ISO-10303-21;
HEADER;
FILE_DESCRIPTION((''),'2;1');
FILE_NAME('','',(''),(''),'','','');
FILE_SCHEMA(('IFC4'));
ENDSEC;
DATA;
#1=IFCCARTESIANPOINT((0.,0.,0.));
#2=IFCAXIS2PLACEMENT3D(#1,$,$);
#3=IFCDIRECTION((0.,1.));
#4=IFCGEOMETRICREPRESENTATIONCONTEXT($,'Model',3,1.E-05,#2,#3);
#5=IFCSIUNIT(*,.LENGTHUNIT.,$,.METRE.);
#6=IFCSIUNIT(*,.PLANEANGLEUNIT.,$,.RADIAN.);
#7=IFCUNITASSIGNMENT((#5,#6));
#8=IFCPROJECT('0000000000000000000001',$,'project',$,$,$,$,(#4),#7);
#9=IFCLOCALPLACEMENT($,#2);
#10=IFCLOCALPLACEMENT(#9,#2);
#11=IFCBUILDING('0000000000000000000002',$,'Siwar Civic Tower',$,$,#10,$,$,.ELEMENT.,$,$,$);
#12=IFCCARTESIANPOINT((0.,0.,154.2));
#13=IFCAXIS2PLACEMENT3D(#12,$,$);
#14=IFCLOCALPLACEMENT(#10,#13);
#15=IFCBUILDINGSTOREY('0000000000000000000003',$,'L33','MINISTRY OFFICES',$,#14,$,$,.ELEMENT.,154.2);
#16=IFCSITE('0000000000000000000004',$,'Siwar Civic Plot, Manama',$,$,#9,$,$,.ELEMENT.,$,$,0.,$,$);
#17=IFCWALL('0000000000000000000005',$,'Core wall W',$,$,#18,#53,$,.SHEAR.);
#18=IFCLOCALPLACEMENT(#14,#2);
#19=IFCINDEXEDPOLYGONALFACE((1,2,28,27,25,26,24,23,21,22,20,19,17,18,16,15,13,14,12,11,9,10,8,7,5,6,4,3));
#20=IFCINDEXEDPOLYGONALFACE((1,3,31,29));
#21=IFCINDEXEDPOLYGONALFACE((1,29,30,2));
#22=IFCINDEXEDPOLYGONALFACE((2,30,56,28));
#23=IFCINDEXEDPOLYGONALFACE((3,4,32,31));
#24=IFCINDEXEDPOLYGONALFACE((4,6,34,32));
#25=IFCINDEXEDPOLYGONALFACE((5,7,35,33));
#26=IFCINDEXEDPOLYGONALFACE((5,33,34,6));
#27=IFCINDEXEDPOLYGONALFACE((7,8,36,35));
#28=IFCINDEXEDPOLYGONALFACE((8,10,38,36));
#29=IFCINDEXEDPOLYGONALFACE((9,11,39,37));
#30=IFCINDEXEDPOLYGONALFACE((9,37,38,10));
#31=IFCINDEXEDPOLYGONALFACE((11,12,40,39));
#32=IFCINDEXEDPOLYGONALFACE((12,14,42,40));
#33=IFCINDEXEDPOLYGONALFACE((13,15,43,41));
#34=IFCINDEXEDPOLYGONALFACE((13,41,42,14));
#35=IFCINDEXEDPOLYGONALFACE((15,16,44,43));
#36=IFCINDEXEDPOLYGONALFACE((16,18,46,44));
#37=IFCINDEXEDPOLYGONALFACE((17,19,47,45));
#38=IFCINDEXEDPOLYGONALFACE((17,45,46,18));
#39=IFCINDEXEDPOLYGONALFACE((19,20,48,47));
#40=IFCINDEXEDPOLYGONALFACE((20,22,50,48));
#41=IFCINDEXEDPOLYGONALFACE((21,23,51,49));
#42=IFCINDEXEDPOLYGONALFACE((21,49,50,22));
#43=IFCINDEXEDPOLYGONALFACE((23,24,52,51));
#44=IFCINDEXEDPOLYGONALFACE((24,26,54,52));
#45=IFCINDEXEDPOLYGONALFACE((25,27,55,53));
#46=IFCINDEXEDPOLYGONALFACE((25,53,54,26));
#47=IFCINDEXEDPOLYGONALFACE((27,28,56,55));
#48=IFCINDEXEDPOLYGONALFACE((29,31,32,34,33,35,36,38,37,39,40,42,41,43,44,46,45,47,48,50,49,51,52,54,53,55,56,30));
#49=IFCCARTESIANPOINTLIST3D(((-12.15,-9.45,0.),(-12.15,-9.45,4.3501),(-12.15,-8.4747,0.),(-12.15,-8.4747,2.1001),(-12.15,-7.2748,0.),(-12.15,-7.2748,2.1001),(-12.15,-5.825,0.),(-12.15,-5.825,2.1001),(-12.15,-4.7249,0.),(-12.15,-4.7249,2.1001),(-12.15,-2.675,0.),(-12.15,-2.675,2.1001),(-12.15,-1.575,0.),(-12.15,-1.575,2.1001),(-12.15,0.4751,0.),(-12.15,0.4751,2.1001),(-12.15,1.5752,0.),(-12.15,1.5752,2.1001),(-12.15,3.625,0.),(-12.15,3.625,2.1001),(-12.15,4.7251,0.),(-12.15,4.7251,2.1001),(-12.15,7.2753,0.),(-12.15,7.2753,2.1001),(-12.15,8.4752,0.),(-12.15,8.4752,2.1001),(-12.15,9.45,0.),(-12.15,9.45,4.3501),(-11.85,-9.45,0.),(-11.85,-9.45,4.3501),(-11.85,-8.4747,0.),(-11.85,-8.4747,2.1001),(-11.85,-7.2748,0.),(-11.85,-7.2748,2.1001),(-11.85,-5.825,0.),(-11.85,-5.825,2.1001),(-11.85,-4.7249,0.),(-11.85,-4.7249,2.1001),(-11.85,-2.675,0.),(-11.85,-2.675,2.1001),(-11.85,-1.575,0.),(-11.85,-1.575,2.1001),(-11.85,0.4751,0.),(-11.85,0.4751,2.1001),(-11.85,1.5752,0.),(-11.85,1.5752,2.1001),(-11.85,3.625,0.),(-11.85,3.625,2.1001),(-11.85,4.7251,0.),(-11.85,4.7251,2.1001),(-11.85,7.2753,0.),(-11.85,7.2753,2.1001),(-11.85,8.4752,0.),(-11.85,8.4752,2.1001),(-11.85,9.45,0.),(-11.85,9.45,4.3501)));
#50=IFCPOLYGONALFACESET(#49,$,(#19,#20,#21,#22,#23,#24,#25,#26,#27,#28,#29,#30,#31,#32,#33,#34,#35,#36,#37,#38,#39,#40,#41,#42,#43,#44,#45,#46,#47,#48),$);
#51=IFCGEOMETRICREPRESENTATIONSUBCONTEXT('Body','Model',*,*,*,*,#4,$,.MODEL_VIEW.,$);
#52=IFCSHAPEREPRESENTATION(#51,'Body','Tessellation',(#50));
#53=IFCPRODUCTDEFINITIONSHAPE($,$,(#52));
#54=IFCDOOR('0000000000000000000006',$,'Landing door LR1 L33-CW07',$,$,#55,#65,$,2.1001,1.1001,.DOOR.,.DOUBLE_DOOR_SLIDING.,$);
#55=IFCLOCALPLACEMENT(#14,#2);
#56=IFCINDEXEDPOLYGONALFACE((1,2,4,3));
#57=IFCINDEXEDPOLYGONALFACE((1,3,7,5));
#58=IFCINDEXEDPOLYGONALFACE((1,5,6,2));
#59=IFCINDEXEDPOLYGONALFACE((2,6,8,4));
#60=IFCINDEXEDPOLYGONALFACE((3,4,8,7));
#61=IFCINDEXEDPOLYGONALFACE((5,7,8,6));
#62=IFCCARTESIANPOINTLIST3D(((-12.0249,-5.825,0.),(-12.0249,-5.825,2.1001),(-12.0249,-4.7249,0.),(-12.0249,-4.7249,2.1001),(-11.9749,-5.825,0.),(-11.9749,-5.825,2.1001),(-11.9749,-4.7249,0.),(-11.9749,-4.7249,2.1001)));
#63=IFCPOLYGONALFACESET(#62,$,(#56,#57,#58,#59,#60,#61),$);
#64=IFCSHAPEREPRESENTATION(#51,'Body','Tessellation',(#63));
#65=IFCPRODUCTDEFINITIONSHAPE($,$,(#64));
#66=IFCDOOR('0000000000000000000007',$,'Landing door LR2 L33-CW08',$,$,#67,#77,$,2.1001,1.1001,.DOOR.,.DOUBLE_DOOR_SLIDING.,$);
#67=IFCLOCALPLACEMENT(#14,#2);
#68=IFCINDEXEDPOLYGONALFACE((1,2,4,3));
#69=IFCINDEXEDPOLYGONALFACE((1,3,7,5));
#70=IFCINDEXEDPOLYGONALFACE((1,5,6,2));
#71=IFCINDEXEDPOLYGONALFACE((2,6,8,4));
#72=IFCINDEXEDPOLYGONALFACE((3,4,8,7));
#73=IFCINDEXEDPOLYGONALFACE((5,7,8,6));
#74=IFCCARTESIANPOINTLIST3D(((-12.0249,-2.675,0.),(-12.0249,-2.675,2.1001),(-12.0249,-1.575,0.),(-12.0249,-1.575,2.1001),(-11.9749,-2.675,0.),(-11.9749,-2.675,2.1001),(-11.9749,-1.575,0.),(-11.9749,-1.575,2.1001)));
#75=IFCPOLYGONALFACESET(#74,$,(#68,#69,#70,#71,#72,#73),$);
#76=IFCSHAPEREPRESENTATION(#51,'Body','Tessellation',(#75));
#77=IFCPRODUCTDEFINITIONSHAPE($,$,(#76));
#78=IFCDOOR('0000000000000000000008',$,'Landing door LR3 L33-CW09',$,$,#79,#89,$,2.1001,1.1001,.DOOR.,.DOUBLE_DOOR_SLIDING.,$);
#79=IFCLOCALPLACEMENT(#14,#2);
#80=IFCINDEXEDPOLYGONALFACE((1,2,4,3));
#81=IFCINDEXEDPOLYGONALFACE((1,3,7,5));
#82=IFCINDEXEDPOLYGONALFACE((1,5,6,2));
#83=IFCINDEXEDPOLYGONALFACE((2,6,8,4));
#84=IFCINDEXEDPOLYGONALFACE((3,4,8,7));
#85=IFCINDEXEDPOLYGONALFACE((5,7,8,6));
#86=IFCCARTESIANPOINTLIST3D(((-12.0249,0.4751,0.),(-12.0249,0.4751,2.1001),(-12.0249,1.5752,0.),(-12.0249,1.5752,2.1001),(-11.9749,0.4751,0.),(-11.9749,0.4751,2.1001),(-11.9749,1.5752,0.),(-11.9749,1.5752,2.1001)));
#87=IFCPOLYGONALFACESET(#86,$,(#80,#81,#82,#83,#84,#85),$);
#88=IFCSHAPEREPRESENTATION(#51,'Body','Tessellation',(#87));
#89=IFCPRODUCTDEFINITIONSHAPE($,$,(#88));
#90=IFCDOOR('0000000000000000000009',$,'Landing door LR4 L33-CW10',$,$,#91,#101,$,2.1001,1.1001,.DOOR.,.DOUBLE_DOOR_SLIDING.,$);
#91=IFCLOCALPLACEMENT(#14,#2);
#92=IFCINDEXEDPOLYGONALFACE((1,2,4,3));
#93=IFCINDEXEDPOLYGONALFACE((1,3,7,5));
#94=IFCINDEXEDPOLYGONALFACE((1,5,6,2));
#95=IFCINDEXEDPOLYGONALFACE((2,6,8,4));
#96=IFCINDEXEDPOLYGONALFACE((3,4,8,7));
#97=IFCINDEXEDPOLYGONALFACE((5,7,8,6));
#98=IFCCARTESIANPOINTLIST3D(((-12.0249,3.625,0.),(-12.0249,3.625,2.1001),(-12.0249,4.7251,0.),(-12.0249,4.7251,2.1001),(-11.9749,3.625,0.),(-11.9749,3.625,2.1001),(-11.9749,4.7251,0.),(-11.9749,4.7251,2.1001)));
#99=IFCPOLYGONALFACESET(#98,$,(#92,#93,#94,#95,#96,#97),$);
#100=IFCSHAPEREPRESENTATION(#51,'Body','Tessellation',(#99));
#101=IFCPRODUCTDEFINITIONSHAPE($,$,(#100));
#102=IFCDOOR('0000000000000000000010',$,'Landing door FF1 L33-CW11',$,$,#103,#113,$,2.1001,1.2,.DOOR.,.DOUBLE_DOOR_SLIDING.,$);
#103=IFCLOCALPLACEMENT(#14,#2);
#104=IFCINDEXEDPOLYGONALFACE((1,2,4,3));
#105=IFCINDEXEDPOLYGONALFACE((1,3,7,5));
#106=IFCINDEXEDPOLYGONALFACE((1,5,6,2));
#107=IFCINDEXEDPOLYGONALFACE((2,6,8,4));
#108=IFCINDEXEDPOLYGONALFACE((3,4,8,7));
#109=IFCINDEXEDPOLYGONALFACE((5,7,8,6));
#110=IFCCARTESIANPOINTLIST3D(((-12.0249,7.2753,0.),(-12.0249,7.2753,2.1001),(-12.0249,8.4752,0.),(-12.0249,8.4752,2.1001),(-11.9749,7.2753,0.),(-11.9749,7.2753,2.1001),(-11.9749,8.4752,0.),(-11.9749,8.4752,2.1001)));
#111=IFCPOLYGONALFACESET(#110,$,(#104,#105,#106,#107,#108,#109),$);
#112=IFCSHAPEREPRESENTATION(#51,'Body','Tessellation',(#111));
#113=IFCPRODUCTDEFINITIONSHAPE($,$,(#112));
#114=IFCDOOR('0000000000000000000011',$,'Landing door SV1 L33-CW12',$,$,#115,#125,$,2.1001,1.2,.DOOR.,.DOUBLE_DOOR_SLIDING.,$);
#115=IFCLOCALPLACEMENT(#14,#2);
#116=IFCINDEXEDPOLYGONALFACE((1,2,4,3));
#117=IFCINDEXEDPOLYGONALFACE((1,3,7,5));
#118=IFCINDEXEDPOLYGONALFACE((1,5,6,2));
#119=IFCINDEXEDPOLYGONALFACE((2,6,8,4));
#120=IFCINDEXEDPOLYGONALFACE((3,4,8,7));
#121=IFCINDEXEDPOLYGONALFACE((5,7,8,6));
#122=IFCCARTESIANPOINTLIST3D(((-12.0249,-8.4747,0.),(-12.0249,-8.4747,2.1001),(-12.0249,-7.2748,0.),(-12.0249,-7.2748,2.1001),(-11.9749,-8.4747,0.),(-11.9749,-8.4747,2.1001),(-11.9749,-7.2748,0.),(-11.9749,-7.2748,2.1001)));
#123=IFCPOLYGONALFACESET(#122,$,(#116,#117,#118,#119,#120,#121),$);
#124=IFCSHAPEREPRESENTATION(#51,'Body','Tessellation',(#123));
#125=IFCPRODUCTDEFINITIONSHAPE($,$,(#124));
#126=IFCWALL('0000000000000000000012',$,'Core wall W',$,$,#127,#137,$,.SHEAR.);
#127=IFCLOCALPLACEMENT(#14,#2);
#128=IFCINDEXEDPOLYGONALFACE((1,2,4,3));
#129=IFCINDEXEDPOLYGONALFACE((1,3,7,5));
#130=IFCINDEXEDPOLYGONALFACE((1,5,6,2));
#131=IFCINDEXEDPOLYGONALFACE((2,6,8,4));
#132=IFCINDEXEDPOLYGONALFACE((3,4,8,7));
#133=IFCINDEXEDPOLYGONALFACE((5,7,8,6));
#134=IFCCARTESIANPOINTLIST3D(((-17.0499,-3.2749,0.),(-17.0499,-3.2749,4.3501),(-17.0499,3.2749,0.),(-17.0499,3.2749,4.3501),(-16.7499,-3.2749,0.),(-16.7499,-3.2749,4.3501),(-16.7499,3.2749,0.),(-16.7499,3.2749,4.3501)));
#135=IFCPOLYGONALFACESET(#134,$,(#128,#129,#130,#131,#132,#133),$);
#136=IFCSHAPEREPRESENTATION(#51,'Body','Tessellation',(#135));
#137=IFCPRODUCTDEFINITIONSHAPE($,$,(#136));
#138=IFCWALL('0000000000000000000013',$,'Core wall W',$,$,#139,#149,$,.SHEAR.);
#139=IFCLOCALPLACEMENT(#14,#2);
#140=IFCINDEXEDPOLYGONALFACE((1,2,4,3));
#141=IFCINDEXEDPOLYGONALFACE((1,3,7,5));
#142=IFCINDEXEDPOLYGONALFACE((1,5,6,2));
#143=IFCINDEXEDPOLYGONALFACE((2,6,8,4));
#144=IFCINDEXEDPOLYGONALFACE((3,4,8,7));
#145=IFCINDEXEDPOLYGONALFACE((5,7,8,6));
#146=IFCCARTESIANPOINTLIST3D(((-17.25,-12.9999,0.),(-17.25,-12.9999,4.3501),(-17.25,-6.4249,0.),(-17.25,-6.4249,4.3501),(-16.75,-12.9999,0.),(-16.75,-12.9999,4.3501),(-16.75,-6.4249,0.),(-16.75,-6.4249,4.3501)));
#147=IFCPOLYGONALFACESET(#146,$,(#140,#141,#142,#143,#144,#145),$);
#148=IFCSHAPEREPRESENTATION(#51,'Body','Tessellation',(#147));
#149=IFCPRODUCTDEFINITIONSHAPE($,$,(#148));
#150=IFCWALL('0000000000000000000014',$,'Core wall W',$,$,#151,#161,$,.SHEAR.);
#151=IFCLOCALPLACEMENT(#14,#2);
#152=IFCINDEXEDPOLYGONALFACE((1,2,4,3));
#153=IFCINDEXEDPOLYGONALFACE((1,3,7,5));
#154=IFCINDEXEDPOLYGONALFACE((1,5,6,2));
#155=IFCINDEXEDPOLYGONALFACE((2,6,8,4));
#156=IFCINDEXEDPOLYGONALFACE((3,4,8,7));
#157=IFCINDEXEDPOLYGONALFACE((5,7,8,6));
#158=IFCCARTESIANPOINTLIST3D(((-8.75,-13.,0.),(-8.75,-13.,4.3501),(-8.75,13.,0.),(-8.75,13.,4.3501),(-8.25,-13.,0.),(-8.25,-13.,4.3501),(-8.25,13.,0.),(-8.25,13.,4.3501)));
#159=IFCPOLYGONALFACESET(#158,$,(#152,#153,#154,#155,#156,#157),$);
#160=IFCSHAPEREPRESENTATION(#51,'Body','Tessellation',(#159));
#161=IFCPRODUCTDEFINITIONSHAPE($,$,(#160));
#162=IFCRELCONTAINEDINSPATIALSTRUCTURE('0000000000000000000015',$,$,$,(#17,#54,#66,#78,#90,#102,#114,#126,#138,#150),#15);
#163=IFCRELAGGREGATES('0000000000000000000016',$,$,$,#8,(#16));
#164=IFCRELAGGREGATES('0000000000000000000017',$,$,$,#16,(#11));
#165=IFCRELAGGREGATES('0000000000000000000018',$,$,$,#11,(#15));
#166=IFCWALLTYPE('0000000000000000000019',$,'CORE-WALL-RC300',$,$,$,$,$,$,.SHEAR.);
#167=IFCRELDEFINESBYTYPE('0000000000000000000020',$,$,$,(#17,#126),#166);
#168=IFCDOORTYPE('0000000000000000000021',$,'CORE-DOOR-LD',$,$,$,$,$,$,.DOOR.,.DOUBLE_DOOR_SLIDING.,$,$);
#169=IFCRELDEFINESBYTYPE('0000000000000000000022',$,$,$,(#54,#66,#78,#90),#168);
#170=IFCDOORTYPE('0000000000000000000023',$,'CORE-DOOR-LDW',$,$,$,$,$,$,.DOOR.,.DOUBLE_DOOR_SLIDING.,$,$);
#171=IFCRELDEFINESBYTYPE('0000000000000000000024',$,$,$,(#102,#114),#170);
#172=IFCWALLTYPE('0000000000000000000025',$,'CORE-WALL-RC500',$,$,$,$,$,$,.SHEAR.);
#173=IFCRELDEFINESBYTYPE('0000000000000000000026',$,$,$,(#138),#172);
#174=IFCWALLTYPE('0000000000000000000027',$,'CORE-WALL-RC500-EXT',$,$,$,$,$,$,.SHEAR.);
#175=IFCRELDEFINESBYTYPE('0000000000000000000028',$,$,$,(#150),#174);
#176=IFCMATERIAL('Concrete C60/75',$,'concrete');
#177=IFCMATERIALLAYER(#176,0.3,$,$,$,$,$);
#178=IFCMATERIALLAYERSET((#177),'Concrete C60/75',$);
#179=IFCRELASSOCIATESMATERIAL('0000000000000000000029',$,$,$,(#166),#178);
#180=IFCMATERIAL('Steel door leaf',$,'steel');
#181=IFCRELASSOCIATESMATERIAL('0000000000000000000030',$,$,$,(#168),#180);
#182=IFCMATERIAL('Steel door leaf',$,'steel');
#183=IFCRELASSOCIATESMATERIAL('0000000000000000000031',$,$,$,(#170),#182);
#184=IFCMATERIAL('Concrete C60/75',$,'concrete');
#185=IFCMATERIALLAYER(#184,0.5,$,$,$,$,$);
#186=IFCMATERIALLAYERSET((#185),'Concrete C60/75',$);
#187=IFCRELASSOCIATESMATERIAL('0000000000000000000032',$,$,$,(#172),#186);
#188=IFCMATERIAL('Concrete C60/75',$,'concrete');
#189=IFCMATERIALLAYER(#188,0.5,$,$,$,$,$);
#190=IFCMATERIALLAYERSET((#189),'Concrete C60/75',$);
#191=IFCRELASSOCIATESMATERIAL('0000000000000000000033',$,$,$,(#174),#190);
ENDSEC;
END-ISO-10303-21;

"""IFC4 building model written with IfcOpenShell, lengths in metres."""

from ifc_helpers import new_model, si_unit, direction, frame, frame_2d, origin, place, context, subcontext, project, spatial, rectangle, extrude, material, layer, layer_set, type_object, element, fill, save


model = new_model("IFC4")

# Units and contexts
model_context = context("Model", 3, precision=1e-05, world=origin(), true_north=direction((0.0, 1.0)))
body_context = subcontext(model_context, "Body", "Model", "MODEL_VIEW")
ifc_project = project(units=[si_unit("LENGTHUNIT", "METRE"), si_unit("PLANEANGLEUNIT", "RADIAN")], contexts=[model_context])

# Site, building, storey
site_placement = place(None, origin())
site = spatial("IfcSite", under=ifc_project, at=site_placement, Name="Siwar Civic Plot, Manama", CompositionType="ELEMENT", RefElevation=0.0)
building_placement = place(site_placement, origin())
building = spatial("IfcBuilding", under=site, at=building_placement, Name="Siwar Civic Tower", CompositionType="ELEMENT")
storey_placement = place(building_placement, frame((0.0, 0.0, 154.2)))
storey = spatial("IfcBuildingStorey", under=building, at=storey_placement, Name="L33", Description="MINISTRY OFFICES", CompositionType="ELEMENT", Elevation=154.2)

# Wall, openings, doors
ifc_material_1 = material(Name="Concrete C60/75", Category="concrete")
ifc_layer_1 = layer(ifc_material_1, 0.3)
ifc_layer_set_1 = layer_set([ifc_layer_1], Name="Concrete C60/75")
wall_type_1 = type_object("IfcWallType", Name="CORE-WALL-RC300", PredefinedType="SHEAR", material=ifc_layer_set_1)
wall_1_placement = place(storey_placement, frame((-12.0, -9.45, 0.0), z_axis=(0.0, 0.0, 1.0), x_axis=(0.0, 1.0, 0.0)))
wall_1 = element("IfcWall", 1, at=wall_1_placement, inside=storey, type_object=wall_type_1, Name="Core wall W", PredefinedType="SHEAR", context=body_context, shape_type="SweptSolid", body=[
    extrude(rectangle(XDim=18.8999, YDim=0.3, at=frame_2d((9.45, 0.0))), origin(), (0.0, 0.0, 1.0), 4.3501),
])
opening_1_placement = place(wall_1_placement, frame((3.625, 0.0, 0.0)))
opening_1 = element("IfcOpeningElement", 2, at=opening_1_placement, cuts=wall_1, PredefinedType="OPENING", context=body_context, shape_type="SweptSolid", body=[
    extrude(rectangle(XDim=1.1001, YDim=2.1001, at=frame_2d((0.55, 1.05))), frame((0.0, 0.1602, 0.0), z_axis=(0.0, -1.0, 0.0), x_axis=(1.0, 0.0, 0.0)), (0.0, 0.0, 1.0), 0.3201),
])
opening_2_placement = place(wall_1_placement, frame((6.7749, 0.0, 0.0)))
opening_2 = element("IfcOpeningElement", 3, at=opening_2_placement, cuts=wall_1, PredefinedType="OPENING", context=body_context, shape_type="SweptSolid", body=[
    extrude(rectangle(XDim=1.1001, YDim=2.1001, at=frame_2d((0.55, 1.05))), frame((0.0, 0.1602, 0.0), z_axis=(0.0, -1.0, 0.0), x_axis=(1.0, 0.0, 0.0)), (0.0, 0.0, 1.0), 0.3201),
])
opening_3_placement = place(wall_1_placement, frame((9.925, 0.0, 0.0)))
opening_3 = element("IfcOpeningElement", 4, at=opening_3_placement, cuts=wall_1, PredefinedType="OPENING", context=body_context, shape_type="SweptSolid", body=[
    extrude(rectangle(XDim=1.1001, YDim=2.1001, at=frame_2d((0.55, 1.05))), frame((0.0, 0.1602, 0.0), z_axis=(0.0, -1.0, 0.0), x_axis=(1.0, 0.0, 0.0)), (0.0, 0.0, 1.0), 0.3201),
])
opening_4_placement = place(wall_1_placement, frame((13.075, 0.0, 0.0)))
opening_4 = element("IfcOpeningElement", 5, at=opening_4_placement, cuts=wall_1, PredefinedType="OPENING", context=body_context, shape_type="SweptSolid", body=[
    extrude(rectangle(XDim=1.1001, YDim=2.1001, at=frame_2d((0.55, 1.05))), frame((0.0, 0.1602, 0.0), z_axis=(0.0, -1.0, 0.0), x_axis=(1.0, 0.0, 0.0)), (0.0, 0.0, 1.0), 0.3201),
])
opening_5_placement = place(wall_1_placement, frame((16.7251, 0.0, 0.0)))
opening_5 = element("IfcOpeningElement", 6, at=opening_5_placement, cuts=wall_1, PredefinedType="OPENING", context=body_context, shape_type="SweptSolid", body=[
    extrude(rectangle(XDim=1.2, YDim=2.1001, at=frame_2d((0.6001, 1.05))), frame((0.0, 0.1602, 0.0), z_axis=(0.0, -1.0, 0.0), x_axis=(1.0, 0.0, 0.0)), (0.0, 0.0, 1.0), 0.3201),
])
opening_6_placement = place(wall_1_placement, frame((0.9751, 0.0, 0.0)))
opening_6 = element("IfcOpeningElement", 7, at=opening_6_placement, cuts=wall_1, PredefinedType="OPENING", context=body_context, shape_type="SweptSolid", body=[
    extrude(rectangle(XDim=1.2, YDim=2.1001, at=frame_2d((0.6001, 1.05))), frame((0.0, 0.1602, 0.0), z_axis=(0.0, -1.0, 0.0), x_axis=(1.0, 0.0, 0.0)), (0.0, 0.0, 1.0), 0.3201),
])
ifc_material_2 = material(Name="Steel door leaf", Category="steel")
door_type_1 = type_object("IfcDoorType", Name="CORE-DOOR-LD", OperationType="DOUBLE_DOOR_SLIDING", PredefinedType="DOOR", material=ifc_material_2)
door_1_placement = place(opening_1_placement, origin())
door_1 = element("IfcDoor", 8, at=door_1_placement, inside=storey, type_object=door_type_1, Name="Landing door LR1 L33-CW07", OperationType="DOUBLE_DOOR_SLIDING", OverallHeight=2.1001, OverallWidth=1.1001, PredefinedType="DOOR", context=body_context, shape_type="SweptSolid", body=[
    extrude(rectangle(XDim=1.1001, YDim=2.1001, at=frame_2d((0.55, 1.05))), frame((0.0, 0.0249, 0.0), z_axis=(0.0, -1.0, 0.0), x_axis=(1.0, 0.0, 0.0)), (0.0, 0.0, 1.0), 0.05),
])
fill(opening_1, door_1)
door_2_placement = place(opening_2_placement, origin())
door_2 = element("IfcDoor", 9, at=door_2_placement, inside=storey, type_object=door_type_1, Name="Landing door LR2 L33-CW08", OperationType="DOUBLE_DOOR_SLIDING", OverallHeight=2.1001, OverallWidth=1.1001, PredefinedType="DOOR", context=body_context, shape_type="SweptSolid", body=[
    extrude(rectangle(XDim=1.1001, YDim=2.1001, at=frame_2d((0.55, 1.05))), frame((0.0, 0.0249, 0.0), z_axis=(0.0, -1.0, 0.0), x_axis=(1.0, 0.0, 0.0)), (0.0, 0.0, 1.0), 0.05),
])
fill(opening_2, door_2)
door_3_placement = place(opening_3_placement, origin())
door_3 = element("IfcDoor", 10, at=door_3_placement, inside=storey, type_object=door_type_1, Name="Landing door LR3 L33-CW09", OperationType="DOUBLE_DOOR_SLIDING", OverallHeight=2.1001, OverallWidth=1.1001, PredefinedType="DOOR", context=body_context, shape_type="SweptSolid", body=[
    extrude(rectangle(XDim=1.1001, YDim=2.1001, at=frame_2d((0.55, 1.05))), frame((0.0, 0.0249, 0.0), z_axis=(0.0, -1.0, 0.0), x_axis=(1.0, 0.0, 0.0)), (0.0, 0.0, 1.0), 0.05),
])
fill(opening_3, door_3)
door_4_placement = place(opening_4_placement, origin())
door_4 = element("IfcDoor", 11, at=door_4_placement, inside=storey, type_object=door_type_1, Name="Landing door LR4 L33-CW10", OperationType="DOUBLE_DOOR_SLIDING", OverallHeight=2.1001, OverallWidth=1.1001, PredefinedType="DOOR", context=body_context, shape_type="SweptSolid", body=[
    extrude(rectangle(XDim=1.1001, YDim=2.1001, at=frame_2d((0.55, 1.05))), frame((0.0, 0.0249, 0.0), z_axis=(0.0, -1.0, 0.0), x_axis=(1.0, 0.0, 0.0)), (0.0, 0.0, 1.0), 0.05),
])
fill(opening_4, door_4)
ifc_material_3 = material(Name="Steel door leaf", Category="steel")
door_type_2 = type_object("IfcDoorType", Name="CORE-DOOR-LDW", OperationType="DOUBLE_DOOR_SLIDING", PredefinedType="DOOR", material=ifc_material_3)
door_5_placement = place(opening_5_placement, origin())
door_5 = element("IfcDoor", 12, at=door_5_placement, inside=storey, type_object=door_type_2, Name="Landing door FF1 L33-CW11", OperationType="DOUBLE_DOOR_SLIDING", OverallHeight=2.1001, OverallWidth=1.2, PredefinedType="DOOR", context=body_context, shape_type="SweptSolid", body=[
    extrude(rectangle(XDim=1.2, YDim=2.1001, at=frame_2d((0.6001, 1.05))), frame((0.0, 0.0249, 0.0), z_axis=(0.0, -1.0, 0.0), x_axis=(1.0, 0.0, 0.0)), (0.0, 0.0, 1.0), 0.05),
])
fill(opening_5, door_5)
door_6_placement = place(opening_6_placement, origin())
door_6 = element("IfcDoor", 13, at=door_6_placement, inside=storey, type_object=door_type_2, Name="Landing door SV1 L33-CW12", OperationType="DOUBLE_DOOR_SLIDING", OverallHeight=2.1001, OverallWidth=1.2, PredefinedType="DOOR", context=body_context, shape_type="SweptSolid", body=[
    extrude(rectangle(XDim=1.2, YDim=2.1001, at=frame_2d((0.6001, 1.05))), frame((0.0, 0.0249, 0.0), z_axis=(0.0, -1.0, 0.0), x_axis=(1.0, 0.0, 0.0)), (0.0, 0.0, 1.0), 0.05),
])
fill(opening_6, door_6)

# Walls
wall_2_placement = place(storey_placement, frame((-16.8999, -3.2749, 0.0), z_axis=(0.0, 0.0, 1.0), x_axis=(0.0, 1.0, 0.0)))
element("IfcWall", 14, at=wall_2_placement, inside=storey, type_object=wall_type_1, Name="Core wall W", PredefinedType="SHEAR", context=body_context, shape_type="SweptSolid", body=[
    extrude(rectangle(XDim=6.5498, YDim=0.3, at=frame_2d((3.2749, 0.0))), origin(), (0.0, 0.0, 1.0), 4.3501),
])
ifc_material_4 = material(Name="Concrete C60/75", Category="concrete")
ifc_layer_2 = layer(ifc_material_4, 0.5)
ifc_layer_set_2 = layer_set([ifc_layer_2], Name="Concrete C60/75")
wall_type_2 = type_object("IfcWallType", Name="CORE-WALL-RC500", PredefinedType="SHEAR", material=ifc_layer_set_2)
wall_3_placement = place(storey_placement, frame((-17.0, -13.0, 0.0), z_axis=(0.0, 0.0, 1.0), x_axis=(0.0, 1.0, 0.0)))
element("IfcWall", 15, at=wall_3_placement, inside=storey, type_object=wall_type_2, Name="Core wall W", PredefinedType="SHEAR", context=body_context, shape_type="SweptSolid", body=[
    extrude(rectangle(XDim=6.575, YDim=0.5, at=frame_2d((3.2876, 0.0))), origin(), (0.0, 0.0, 1.0), 4.3501),
])
ifc_material_5 = material(Name="Concrete C60/75", Category="concrete")
ifc_layer_3 = layer(ifc_material_5, 0.5)
ifc_layer_set_3 = layer_set([ifc_layer_3], Name="Concrete C60/75")
wall_type_3 = type_object("IfcWallType", Name="CORE-WALL-RC500-EXT", PredefinedType="SHEAR", material=ifc_layer_set_3)
wall_4_placement = place(storey_placement, frame((-8.5, -13.0, 0.0), z_axis=(0.0, 0.0, 1.0), x_axis=(0.0, 1.0, 0.0)))
element("IfcWall", 16, at=wall_4_placement, inside=storey, type_object=wall_type_3, Name="Core wall W", PredefinedType="SHEAR", context=body_context, shape_type="SweptSolid", body=[
    extrude(rectangle(XDim=26.0, YDim=0.5, at=frame_2d((13.0, 0.0))), origin(), (0.0, 0.0, 1.0), 4.3501),
])

save(model, "model.ifc")
